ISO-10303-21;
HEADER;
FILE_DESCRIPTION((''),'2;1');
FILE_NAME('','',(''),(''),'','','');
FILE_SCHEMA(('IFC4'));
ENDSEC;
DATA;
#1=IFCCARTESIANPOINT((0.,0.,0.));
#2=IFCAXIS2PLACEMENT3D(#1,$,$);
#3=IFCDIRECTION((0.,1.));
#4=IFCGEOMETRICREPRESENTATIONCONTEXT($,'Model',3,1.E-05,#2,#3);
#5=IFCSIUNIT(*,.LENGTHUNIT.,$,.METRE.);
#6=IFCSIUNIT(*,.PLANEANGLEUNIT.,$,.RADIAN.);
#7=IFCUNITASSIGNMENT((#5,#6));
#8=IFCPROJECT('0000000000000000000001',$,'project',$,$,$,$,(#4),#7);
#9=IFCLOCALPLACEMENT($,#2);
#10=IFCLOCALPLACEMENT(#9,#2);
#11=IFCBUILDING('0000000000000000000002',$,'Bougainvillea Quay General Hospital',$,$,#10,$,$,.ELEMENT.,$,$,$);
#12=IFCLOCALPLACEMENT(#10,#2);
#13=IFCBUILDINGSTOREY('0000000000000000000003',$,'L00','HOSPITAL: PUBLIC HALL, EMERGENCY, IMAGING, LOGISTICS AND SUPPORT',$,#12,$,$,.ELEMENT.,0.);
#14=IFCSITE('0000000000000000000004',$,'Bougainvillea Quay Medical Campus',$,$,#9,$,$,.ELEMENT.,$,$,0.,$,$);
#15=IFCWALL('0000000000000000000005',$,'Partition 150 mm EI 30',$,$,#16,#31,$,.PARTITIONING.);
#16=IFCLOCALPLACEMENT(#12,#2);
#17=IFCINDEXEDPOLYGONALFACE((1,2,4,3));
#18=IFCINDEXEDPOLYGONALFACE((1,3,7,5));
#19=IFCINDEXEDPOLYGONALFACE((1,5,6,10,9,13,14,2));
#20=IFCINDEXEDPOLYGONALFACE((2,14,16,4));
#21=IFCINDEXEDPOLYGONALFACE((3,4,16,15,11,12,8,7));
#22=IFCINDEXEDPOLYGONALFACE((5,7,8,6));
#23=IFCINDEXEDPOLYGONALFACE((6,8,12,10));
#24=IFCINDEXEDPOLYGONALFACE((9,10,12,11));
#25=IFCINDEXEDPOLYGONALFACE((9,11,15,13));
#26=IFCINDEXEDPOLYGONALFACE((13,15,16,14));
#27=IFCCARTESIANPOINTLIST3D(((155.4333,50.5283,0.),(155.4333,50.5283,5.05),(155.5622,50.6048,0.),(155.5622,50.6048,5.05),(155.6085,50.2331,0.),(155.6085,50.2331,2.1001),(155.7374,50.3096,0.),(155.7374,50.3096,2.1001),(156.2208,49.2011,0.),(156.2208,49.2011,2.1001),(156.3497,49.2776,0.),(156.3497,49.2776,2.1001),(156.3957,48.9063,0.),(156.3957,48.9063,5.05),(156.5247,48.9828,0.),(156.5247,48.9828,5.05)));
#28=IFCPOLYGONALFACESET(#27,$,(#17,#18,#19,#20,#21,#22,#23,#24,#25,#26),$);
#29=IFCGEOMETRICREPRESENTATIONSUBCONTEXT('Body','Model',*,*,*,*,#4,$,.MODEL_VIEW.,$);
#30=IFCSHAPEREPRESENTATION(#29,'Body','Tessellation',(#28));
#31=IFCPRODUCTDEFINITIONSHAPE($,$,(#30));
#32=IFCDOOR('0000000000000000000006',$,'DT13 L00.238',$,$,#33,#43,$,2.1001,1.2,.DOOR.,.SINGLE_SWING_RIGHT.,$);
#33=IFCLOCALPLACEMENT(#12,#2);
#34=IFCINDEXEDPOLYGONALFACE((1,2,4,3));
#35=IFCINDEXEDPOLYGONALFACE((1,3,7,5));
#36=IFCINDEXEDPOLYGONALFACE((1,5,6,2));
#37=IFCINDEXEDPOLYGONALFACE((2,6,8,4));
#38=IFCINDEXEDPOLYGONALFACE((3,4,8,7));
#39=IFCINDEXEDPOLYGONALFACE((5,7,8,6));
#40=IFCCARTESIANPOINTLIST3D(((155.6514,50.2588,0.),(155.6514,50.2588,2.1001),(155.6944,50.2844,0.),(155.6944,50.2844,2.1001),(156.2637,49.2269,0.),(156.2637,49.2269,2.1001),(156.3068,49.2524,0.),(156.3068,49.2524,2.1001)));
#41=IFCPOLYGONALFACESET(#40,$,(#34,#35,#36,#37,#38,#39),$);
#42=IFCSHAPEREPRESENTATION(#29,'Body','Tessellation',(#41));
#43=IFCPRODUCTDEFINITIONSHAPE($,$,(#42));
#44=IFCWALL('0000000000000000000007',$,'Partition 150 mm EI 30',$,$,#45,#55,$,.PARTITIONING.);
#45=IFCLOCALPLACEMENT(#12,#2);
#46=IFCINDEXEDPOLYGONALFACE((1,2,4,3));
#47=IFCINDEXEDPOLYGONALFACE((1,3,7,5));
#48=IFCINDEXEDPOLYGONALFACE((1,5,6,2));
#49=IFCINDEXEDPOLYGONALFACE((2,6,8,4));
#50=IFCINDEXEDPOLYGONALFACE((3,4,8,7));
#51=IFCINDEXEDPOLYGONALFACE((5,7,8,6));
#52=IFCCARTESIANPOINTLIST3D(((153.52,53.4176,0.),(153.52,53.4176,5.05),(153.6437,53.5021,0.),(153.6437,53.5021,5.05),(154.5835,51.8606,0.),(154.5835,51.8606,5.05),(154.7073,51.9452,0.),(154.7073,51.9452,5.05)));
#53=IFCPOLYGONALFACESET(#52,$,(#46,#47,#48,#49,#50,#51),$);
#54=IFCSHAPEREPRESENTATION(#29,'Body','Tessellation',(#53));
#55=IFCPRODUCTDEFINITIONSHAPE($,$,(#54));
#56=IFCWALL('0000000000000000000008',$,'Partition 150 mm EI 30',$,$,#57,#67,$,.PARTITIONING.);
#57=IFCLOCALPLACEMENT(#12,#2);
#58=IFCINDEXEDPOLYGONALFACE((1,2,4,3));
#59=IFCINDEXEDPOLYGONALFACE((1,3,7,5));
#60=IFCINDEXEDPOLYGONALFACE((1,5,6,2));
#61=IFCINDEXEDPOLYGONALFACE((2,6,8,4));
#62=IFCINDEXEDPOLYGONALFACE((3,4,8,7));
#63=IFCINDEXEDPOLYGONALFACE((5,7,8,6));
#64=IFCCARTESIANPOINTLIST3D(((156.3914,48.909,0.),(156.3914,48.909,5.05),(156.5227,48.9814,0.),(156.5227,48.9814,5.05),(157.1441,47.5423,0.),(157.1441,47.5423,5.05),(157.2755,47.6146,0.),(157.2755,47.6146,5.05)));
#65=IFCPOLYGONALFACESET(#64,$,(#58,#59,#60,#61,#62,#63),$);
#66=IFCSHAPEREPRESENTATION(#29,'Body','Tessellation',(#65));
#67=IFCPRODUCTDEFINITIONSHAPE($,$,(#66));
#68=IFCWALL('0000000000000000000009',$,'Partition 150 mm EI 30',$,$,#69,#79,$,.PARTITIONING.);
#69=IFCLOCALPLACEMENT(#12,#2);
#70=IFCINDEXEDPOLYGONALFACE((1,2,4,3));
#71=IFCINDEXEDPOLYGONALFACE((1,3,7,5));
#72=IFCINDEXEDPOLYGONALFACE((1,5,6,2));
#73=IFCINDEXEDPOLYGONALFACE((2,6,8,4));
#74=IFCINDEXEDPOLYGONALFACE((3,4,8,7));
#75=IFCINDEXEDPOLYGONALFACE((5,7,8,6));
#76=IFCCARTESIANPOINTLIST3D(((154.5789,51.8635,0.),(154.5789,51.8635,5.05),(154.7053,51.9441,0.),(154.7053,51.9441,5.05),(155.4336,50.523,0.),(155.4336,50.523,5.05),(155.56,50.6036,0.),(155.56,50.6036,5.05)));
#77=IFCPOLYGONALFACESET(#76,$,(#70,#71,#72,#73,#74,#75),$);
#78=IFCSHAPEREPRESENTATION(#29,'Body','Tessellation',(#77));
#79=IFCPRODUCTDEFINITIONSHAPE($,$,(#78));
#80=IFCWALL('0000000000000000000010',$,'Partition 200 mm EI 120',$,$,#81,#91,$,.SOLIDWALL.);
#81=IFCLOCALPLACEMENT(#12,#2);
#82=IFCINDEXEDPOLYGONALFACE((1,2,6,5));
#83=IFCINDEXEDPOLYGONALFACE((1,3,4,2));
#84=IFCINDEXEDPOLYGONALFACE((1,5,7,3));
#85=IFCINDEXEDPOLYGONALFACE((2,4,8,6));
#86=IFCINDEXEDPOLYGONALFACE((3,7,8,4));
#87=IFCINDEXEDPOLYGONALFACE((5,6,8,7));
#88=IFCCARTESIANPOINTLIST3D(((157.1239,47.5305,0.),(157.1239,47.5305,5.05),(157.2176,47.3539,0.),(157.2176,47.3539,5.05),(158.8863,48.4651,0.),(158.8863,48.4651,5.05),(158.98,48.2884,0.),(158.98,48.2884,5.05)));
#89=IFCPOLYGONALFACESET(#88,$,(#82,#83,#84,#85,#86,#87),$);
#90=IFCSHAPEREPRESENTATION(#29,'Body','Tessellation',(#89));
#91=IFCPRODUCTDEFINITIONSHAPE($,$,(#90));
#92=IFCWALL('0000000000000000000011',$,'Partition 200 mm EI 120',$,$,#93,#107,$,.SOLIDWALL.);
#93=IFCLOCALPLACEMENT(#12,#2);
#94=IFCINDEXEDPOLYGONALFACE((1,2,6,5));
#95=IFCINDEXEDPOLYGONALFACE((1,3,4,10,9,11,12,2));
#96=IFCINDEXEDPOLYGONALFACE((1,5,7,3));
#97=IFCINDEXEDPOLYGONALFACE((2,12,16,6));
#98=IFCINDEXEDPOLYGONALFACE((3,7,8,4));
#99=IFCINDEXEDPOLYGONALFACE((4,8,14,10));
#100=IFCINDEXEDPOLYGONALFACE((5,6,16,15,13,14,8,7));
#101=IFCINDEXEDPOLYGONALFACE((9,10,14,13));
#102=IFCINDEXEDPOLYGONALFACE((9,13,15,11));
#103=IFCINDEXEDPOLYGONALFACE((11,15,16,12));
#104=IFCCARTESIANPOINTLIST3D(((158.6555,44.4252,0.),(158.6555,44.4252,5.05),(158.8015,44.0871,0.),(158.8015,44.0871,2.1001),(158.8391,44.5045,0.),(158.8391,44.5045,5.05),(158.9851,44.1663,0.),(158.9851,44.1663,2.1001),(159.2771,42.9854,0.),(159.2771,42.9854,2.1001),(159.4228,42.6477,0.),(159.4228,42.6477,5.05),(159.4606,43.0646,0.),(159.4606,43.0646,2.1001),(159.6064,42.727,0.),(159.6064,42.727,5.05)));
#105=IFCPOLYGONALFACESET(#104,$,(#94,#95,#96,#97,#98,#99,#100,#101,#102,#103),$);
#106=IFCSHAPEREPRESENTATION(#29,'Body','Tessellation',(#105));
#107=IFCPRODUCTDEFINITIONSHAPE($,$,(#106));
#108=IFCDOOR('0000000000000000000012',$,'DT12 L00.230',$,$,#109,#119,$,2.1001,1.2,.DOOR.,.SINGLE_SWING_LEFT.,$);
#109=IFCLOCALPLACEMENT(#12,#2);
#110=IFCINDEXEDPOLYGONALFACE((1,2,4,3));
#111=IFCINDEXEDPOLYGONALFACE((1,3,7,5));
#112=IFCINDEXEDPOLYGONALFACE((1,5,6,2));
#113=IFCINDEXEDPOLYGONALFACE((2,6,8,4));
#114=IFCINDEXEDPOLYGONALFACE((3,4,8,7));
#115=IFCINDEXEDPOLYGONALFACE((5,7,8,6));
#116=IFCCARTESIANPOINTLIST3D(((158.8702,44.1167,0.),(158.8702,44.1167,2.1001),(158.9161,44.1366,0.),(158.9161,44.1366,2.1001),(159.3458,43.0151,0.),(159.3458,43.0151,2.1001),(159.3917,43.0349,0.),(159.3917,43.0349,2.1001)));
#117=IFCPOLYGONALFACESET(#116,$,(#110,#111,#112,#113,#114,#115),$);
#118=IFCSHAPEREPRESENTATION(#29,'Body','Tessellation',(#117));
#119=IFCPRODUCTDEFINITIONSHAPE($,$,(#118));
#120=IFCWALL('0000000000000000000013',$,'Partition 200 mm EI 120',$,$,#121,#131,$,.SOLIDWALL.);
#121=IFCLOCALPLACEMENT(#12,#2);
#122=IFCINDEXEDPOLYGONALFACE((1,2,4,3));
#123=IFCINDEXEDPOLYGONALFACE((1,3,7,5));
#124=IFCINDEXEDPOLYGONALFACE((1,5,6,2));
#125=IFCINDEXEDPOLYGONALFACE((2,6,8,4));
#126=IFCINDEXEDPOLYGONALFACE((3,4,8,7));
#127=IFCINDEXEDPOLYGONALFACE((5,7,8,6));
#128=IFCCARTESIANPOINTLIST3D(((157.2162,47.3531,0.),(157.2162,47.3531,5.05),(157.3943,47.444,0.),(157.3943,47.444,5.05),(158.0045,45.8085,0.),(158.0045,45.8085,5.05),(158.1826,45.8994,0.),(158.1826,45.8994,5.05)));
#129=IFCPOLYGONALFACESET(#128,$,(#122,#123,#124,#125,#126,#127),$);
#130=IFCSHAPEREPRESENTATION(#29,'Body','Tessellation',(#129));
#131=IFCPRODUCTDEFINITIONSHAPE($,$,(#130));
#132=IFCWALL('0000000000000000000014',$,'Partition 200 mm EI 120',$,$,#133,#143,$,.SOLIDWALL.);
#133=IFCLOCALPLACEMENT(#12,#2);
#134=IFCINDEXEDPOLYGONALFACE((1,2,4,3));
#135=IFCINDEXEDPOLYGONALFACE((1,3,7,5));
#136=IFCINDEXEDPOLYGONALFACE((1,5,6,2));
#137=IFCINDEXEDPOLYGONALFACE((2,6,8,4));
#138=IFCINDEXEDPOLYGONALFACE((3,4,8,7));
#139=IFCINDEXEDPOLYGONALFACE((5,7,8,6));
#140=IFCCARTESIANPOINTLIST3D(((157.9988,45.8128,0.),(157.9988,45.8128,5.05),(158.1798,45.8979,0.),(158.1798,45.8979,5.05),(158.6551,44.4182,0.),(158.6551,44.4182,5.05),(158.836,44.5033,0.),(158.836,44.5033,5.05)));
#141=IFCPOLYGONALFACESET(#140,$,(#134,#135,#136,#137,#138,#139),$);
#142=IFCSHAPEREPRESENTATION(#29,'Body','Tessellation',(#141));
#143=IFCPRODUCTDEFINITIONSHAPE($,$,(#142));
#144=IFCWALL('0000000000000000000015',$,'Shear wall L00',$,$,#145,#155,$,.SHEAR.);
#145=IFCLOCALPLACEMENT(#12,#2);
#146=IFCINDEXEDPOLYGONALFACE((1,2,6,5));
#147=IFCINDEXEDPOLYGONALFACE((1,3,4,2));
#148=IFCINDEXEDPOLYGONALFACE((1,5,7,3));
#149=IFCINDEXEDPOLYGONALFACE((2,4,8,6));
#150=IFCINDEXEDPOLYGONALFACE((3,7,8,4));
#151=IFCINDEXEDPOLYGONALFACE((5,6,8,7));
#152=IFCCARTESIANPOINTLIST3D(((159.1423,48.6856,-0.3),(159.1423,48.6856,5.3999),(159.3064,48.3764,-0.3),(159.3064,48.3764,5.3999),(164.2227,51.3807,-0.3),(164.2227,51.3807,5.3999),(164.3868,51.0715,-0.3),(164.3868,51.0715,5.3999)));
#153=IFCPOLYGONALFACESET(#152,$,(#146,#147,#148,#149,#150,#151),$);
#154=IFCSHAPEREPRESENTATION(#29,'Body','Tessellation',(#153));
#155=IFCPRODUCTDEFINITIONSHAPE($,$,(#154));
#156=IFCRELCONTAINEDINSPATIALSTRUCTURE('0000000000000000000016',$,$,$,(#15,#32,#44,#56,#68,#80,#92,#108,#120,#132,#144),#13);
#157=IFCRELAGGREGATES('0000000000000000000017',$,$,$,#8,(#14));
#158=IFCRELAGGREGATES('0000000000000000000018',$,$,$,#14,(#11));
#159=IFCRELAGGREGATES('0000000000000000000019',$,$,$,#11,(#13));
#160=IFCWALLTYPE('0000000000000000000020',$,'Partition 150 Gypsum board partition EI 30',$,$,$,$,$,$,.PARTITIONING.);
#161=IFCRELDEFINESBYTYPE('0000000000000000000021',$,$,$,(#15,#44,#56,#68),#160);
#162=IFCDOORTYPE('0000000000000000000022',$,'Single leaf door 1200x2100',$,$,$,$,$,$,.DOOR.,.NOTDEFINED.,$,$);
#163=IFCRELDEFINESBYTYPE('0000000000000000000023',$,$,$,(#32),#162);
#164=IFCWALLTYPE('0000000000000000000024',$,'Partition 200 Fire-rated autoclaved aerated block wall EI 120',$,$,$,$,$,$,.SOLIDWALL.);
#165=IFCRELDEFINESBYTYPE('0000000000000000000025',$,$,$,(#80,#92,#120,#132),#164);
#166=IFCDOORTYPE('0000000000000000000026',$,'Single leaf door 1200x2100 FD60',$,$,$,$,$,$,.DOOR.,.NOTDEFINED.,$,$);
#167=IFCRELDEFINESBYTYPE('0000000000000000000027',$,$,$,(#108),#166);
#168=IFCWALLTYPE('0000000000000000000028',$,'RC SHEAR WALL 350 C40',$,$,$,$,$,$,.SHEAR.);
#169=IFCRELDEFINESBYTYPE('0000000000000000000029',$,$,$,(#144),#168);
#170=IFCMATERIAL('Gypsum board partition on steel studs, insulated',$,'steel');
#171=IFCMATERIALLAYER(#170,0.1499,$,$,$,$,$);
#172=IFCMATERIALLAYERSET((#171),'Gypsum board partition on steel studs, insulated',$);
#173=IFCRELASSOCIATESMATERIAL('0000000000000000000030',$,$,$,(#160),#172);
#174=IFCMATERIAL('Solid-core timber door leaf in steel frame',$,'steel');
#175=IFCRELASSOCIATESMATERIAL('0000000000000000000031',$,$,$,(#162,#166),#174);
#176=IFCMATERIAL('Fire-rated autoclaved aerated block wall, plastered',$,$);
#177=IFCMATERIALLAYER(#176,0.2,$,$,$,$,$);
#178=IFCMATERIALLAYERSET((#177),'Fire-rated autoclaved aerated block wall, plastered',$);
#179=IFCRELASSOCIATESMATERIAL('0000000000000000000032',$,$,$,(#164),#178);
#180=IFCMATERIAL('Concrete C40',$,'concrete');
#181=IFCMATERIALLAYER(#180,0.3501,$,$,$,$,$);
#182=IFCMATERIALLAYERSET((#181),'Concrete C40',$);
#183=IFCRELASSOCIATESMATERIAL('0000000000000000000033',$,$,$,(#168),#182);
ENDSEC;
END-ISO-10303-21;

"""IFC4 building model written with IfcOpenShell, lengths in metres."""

from ifc_helpers import new_model, si_unit, direction, frame, frame_2d, origin, place, context, subcontext, project, spatial, rectangle, extrude, material, layer, layer_set, type_object, element, fill, save


model = new_model("IFC4")

# Units and contexts
model_context = context("Model", 3, precision=1e-05, world=origin(), true_north=direction((0.0, 1.0)))
body_context = subcontext(model_context, "Body", "Model", "MODEL_VIEW")
ifc_project = project(units=[si_unit("LENGTHUNIT", "METRE"), si_unit("PLANEANGLEUNIT", "RADIAN")], contexts=[model_context])

# Site, building, storey
site_placement = place(None, origin())
site = spatial("IfcSite", under=ifc_project, at=site_placement, Name="Bougainvillea Quay Medical Campus", CompositionType="ELEMENT", RefElevation=0.0)
building_placement = place(site_placement, origin())
building = spatial("IfcBuilding", under=site, at=building_placement, Name="Bougainvillea Quay General Hospital", CompositionType="ELEMENT")
storey_placement = place(building_placement, origin())
storey = spatial("IfcBuildingStorey", under=building, at=storey_placement, Name="L00", Description="HOSPITAL: PUBLIC HALL, EMERGENCY, IMAGING, LOGISTICS AND SUPPORT", CompositionType="ELEMENT", Elevation=0.0)

# Shared definitions
ifc_material_1 = material(Name="Concrete C40", Category="concrete")

# Shared definitions
ifc_material_2 = material(Name="Gypsum board partition on steel studs, insulated", Category="steel")
ifc_layer_1 = layer(ifc_material_2, 0.1499)
ifc_layer_set_1 = layer_set([ifc_layer_1], Name="Gypsum board partition on steel studs, insulated")
wall_type_1 = type_object("IfcWallType", Name="Partition 150 Gypsum board partition EI 30", PredefinedType="PARTITIONING", material=ifc_layer_set_1)
ifc_material_3 = material(Name="Solid-core timber door leaf in steel frame", Category="steel")

# Wall, opening, door
wall_1_placement = place(storey_placement, frame((155.4978, 50.5664, 0.0), z_axis=(0.0, 0.0, 1.0), x_axis=(0.51032, -0.859984, 0.0)))
wall_1 = element("IfcWall", 1, at=wall_1_placement, inside=storey, type_object=wall_type_1, Name="Partition 150 mm EI 30", PredefinedType="PARTITIONING", context=body_context, shape_type="SweptSolid", body=[
    extrude(rectangle(XDim=1.886, YDim=0.1499, at=frame_2d((0.9429, 0.0))), origin(), (0.0, 0.0, 1.0), 5.05),
])
opening_1_placement = place(wall_1_placement, frame((0.343, 0.0, 0.0)))
opening_1 = element("IfcOpeningElement", 2, at=opening_1_placement, cuts=wall_1, PredefinedType="OPENING", context=body_context, shape_type="SweptSolid", body=[
    extrude(rectangle(XDim=1.2, YDim=2.1001, at=frame_2d((0.6001, 1.05))), frame((0.0, 0.085, 0.0), z_axis=(0.0, -1.0, 0.0), x_axis=(1.0, 0.0, 0.0)), (0.0, 0.0, 1.0), 0.1699),
])
door_type_1 = type_object("IfcDoorType", Name="Single leaf door 1200x2100", OperationType="NOTDEFINED", PredefinedType="DOOR", material=ifc_material_3)
door_1_placement = place(opening_1_placement, frame((1.2, 0.0, 0.0), z_axis=(0.0, 0.0, 1.0), x_axis=(-1.0, 0.0, 0.0)))
door_1 = element("IfcDoor", 3, at=door_1_placement, inside=storey, type_object=door_type_1, Name="DT13 L00.238", OperationType="SINGLE_SWING_RIGHT", OverallHeight=2.1001, OverallWidth=1.2, PredefinedType="DOOR", context=body_context, shape_type="SweptSolid", body=[
    extrude(rectangle(XDim=1.2, YDim=2.1001, at=frame_2d((0.6001, 1.05))), frame((0.0, 0.0249, 0.0), z_axis=(0.0, -1.0, 0.0), x_axis=(1.0, 0.0, 0.0)), (0.0, 0.0, 1.0), 0.05),
])
fill(opening_1, door_1)

# Walls
wall_2_placement = place(storey_placement, frame((153.5818, 53.46, 0.0), z_axis=(0.0, 0.0, 1.0), x_axis=(0.564048, -0.825742, 0.0)))
element("IfcWall", 4, at=wall_2_placement, inside=storey, type_object=wall_type_1, Name="Partition 150 mm EI 30", PredefinedType="PARTITIONING", context=body_context, shape_type="SweptSolid", body=[
    extrude(rectangle(XDim=1.8855, YDim=0.1499, at=frame_2d((0.9429, 0.0))), origin(), (0.0, 0.0, 1.0), 5.05),
])
wall_3_placement = place(storey_placement, frame((156.457, 48.9453, 0.0), z_axis=(0.0, 0.0, 1.0), x_axis=(0.482411, -0.875945, 0.0)))
element("IfcWall", 5, at=wall_3_placement, inside=storey, type_object=wall_type_1, Name="Partition 150 mm EI 30", PredefinedType="PARTITIONING", context=body_context, shape_type="SweptSolid", body=[
    extrude(rectangle(XDim=1.5603, YDim=0.1499, at=frame_2d((0.7803, 0.0))), origin(), (0.0, 0.0, 1.0), 5.05),
])
wall_4_placement = place(storey_placement, frame((154.6421, 51.9038, 0.0), z_axis=(0.0, 0.0, 1.0), x_axis=(0.537611, -0.843193, 0.0)))
element("IfcWall", 6, at=wall_4_placement, inside=storey, type_object=wall_type_1, Name="Partition 150 mm EI 30", PredefinedType="PARTITIONING", context=body_context, shape_type="SweptSolid", body=[
    extrude(rectangle(XDim=1.5898, YDim=0.1499, at=frame_2d((0.7949, 0.0))), origin(), (0.0, 0.0, 1.0), 5.05),
])
ifc_material_4 = material(Name="Fire-rated autoclaved aerated block wall, plastered")
ifc_layer_2 = layer(ifc_material_4, 0.2)
ifc_layer_set_2 = layer_set([ifc_layer_2], Name="Fire-rated autoclaved aerated block wall, plastered")
wall_type_2 = type_object("IfcWallType", Name="Partition 200 Fire-rated autoclaved aerated block wall EI 120", PredefinedType="SOLIDWALL", material=ifc_layer_set_2)
wall_5_placement = place(storey_placement, frame((157.1707, 47.4421, 0.0), z_axis=(0.0, 0.0, 1.0), x_axis=(0.883475, 0.468478, 0.0)))
element("IfcWall", 7, at=wall_5_placement, inside=storey, type_object=wall_type_2, Name="Partition 200 mm EI 120", PredefinedType="SOLIDWALL", context=body_context, shape_type="SweptSolid", body=[
    extrude(rectangle(XDim=1.9949, YDim=0.2, at=frame_2d((0.9976, 0.0))), origin(), (0.0, 0.0, 1.0), 5.05),
])

# Wall, opening, door
wall_6_placement = place(storey_placement, frame((158.7473, 44.4648, 0.0), z_axis=(0.0, 0.0, 1.0), x_axis=(0.396322, -0.918111, 0.0)))
wall_6 = element("IfcWall", 8, at=wall_6_placement, inside=storey, type_object=wall_type_2, Name="Partition 200 mm EI 120", PredefinedType="SOLIDWALL", context=body_context, shape_type="SweptSolid", body=[
    extrude(rectangle(XDim=1.936, YDim=0.2, at=frame_2d((0.968, 0.0))), origin(), (0.0, 0.0, 1.0), 5.05),
])
opening_2_placement = place(wall_6_placement, frame((0.3682, 0.0, 0.0)))
opening_2 = element("IfcOpeningElement", 9, at=opening_2_placement, cuts=wall_6, PredefinedType="OPENING", context=body_context, shape_type="SweptSolid", body=[
    extrude(rectangle(XDim=1.2, YDim=2.1001, at=frame_2d((0.6001, 1.05))), frame((0.0, 0.1099, 0.0), z_axis=(0.0, -1.0, 0.0), x_axis=(1.0, 0.0, 0.0)), (0.0, 0.0, 1.0), 0.22),
])
door_type_2 = type_object("IfcDoorType", Name="Single leaf door 1200x2100 FD60", OperationType="NOTDEFINED", PredefinedType="DOOR", material=ifc_material_3)
door_2_placement = place(opening_2_placement, origin())
door_2 = element("IfcDoor", 10, at=door_2_placement, inside=storey, type_object=door_type_2, Name="DT12 L00.230", OperationType="SINGLE_SWING_LEFT", OverallHeight=2.1001, OverallWidth=1.2, PredefinedType="DOOR", context=body_context, shape_type="SweptSolid", body=[
    extrude(rectangle(XDim=1.2, YDim=2.1001, at=frame_2d((0.6001, 1.05))), frame((0.0, 0.0249, 0.0), z_axis=(0.0, -1.0, 0.0), x_axis=(1.0, 0.0, 0.0)), (0.0, 0.0, 1.0), 0.05),
])
fill(opening_2, door_2)

# Walls
wall_7_placement = place(storey_placement, frame((157.3052, 47.3987, 0.0), z_axis=(0.0, 0.0, 1.0), x_axis=(0.454575, -0.890708, 0.0)))
element("IfcWall", 11, at=wall_7_placement, inside=storey, type_object=wall_type_2, Name="Partition 200 mm EI 120", PredefinedType="SOLIDWALL", context=body_context, shape_type="SweptSolid", body=[
    extrude(rectangle(XDim=1.7341, YDim=0.2, at=frame_2d((0.8672, 0.0))), origin(), (0.0, 0.0, 1.0), 5.05),
])
wall_8_placement = place(storey_placement, frame((158.0894, 45.8552, 0.0), z_axis=(0.0, 0.0, 1.0), x_axis=(0.425797, -0.904819, 0.0)))
element("IfcWall", 12, at=wall_8_placement, inside=storey, type_object=wall_type_2, Name="Partition 200 mm EI 120", PredefinedType="SOLIDWALL", context=body_context, shape_type="SweptSolid", body=[
    extrude(rectangle(XDim=1.5413, YDim=0.2, at=frame_2d((0.7705, 0.0))), origin(), (0.0, 0.0, 1.0), 5.05),
])
ifc_layer_3 = layer(ifc_material_1, 0.3501)
ifc_layer_set_3 = layer_set([ifc_layer_3], Name="Concrete C40")
wall_type_3 = type_object("IfcWallType", Name="RC SHEAR WALL 350 C40", PredefinedType="SHEAR", material=ifc_layer_set_3)
wall_9_placement = place(storey_placement, frame((159.2244, 48.531, -0.3), z_axis=(0.0, 0.0, 1.0), x_axis=(0.883393, 0.468633, 0.0)))
element("IfcWall", 13, at=wall_9_placement, inside=storey, type_object=wall_type_3, Name="Shear wall L00", PredefinedType="SHEAR", context=body_context, shape_type="SweptSolid", body=[
    extrude(rectangle(XDim=5.751, YDim=0.3501, at=frame_2d((2.8755, 0.0))), origin(), (0.0, 0.0, 1.0), 5.7),
])

save(model, "model.ifc")
